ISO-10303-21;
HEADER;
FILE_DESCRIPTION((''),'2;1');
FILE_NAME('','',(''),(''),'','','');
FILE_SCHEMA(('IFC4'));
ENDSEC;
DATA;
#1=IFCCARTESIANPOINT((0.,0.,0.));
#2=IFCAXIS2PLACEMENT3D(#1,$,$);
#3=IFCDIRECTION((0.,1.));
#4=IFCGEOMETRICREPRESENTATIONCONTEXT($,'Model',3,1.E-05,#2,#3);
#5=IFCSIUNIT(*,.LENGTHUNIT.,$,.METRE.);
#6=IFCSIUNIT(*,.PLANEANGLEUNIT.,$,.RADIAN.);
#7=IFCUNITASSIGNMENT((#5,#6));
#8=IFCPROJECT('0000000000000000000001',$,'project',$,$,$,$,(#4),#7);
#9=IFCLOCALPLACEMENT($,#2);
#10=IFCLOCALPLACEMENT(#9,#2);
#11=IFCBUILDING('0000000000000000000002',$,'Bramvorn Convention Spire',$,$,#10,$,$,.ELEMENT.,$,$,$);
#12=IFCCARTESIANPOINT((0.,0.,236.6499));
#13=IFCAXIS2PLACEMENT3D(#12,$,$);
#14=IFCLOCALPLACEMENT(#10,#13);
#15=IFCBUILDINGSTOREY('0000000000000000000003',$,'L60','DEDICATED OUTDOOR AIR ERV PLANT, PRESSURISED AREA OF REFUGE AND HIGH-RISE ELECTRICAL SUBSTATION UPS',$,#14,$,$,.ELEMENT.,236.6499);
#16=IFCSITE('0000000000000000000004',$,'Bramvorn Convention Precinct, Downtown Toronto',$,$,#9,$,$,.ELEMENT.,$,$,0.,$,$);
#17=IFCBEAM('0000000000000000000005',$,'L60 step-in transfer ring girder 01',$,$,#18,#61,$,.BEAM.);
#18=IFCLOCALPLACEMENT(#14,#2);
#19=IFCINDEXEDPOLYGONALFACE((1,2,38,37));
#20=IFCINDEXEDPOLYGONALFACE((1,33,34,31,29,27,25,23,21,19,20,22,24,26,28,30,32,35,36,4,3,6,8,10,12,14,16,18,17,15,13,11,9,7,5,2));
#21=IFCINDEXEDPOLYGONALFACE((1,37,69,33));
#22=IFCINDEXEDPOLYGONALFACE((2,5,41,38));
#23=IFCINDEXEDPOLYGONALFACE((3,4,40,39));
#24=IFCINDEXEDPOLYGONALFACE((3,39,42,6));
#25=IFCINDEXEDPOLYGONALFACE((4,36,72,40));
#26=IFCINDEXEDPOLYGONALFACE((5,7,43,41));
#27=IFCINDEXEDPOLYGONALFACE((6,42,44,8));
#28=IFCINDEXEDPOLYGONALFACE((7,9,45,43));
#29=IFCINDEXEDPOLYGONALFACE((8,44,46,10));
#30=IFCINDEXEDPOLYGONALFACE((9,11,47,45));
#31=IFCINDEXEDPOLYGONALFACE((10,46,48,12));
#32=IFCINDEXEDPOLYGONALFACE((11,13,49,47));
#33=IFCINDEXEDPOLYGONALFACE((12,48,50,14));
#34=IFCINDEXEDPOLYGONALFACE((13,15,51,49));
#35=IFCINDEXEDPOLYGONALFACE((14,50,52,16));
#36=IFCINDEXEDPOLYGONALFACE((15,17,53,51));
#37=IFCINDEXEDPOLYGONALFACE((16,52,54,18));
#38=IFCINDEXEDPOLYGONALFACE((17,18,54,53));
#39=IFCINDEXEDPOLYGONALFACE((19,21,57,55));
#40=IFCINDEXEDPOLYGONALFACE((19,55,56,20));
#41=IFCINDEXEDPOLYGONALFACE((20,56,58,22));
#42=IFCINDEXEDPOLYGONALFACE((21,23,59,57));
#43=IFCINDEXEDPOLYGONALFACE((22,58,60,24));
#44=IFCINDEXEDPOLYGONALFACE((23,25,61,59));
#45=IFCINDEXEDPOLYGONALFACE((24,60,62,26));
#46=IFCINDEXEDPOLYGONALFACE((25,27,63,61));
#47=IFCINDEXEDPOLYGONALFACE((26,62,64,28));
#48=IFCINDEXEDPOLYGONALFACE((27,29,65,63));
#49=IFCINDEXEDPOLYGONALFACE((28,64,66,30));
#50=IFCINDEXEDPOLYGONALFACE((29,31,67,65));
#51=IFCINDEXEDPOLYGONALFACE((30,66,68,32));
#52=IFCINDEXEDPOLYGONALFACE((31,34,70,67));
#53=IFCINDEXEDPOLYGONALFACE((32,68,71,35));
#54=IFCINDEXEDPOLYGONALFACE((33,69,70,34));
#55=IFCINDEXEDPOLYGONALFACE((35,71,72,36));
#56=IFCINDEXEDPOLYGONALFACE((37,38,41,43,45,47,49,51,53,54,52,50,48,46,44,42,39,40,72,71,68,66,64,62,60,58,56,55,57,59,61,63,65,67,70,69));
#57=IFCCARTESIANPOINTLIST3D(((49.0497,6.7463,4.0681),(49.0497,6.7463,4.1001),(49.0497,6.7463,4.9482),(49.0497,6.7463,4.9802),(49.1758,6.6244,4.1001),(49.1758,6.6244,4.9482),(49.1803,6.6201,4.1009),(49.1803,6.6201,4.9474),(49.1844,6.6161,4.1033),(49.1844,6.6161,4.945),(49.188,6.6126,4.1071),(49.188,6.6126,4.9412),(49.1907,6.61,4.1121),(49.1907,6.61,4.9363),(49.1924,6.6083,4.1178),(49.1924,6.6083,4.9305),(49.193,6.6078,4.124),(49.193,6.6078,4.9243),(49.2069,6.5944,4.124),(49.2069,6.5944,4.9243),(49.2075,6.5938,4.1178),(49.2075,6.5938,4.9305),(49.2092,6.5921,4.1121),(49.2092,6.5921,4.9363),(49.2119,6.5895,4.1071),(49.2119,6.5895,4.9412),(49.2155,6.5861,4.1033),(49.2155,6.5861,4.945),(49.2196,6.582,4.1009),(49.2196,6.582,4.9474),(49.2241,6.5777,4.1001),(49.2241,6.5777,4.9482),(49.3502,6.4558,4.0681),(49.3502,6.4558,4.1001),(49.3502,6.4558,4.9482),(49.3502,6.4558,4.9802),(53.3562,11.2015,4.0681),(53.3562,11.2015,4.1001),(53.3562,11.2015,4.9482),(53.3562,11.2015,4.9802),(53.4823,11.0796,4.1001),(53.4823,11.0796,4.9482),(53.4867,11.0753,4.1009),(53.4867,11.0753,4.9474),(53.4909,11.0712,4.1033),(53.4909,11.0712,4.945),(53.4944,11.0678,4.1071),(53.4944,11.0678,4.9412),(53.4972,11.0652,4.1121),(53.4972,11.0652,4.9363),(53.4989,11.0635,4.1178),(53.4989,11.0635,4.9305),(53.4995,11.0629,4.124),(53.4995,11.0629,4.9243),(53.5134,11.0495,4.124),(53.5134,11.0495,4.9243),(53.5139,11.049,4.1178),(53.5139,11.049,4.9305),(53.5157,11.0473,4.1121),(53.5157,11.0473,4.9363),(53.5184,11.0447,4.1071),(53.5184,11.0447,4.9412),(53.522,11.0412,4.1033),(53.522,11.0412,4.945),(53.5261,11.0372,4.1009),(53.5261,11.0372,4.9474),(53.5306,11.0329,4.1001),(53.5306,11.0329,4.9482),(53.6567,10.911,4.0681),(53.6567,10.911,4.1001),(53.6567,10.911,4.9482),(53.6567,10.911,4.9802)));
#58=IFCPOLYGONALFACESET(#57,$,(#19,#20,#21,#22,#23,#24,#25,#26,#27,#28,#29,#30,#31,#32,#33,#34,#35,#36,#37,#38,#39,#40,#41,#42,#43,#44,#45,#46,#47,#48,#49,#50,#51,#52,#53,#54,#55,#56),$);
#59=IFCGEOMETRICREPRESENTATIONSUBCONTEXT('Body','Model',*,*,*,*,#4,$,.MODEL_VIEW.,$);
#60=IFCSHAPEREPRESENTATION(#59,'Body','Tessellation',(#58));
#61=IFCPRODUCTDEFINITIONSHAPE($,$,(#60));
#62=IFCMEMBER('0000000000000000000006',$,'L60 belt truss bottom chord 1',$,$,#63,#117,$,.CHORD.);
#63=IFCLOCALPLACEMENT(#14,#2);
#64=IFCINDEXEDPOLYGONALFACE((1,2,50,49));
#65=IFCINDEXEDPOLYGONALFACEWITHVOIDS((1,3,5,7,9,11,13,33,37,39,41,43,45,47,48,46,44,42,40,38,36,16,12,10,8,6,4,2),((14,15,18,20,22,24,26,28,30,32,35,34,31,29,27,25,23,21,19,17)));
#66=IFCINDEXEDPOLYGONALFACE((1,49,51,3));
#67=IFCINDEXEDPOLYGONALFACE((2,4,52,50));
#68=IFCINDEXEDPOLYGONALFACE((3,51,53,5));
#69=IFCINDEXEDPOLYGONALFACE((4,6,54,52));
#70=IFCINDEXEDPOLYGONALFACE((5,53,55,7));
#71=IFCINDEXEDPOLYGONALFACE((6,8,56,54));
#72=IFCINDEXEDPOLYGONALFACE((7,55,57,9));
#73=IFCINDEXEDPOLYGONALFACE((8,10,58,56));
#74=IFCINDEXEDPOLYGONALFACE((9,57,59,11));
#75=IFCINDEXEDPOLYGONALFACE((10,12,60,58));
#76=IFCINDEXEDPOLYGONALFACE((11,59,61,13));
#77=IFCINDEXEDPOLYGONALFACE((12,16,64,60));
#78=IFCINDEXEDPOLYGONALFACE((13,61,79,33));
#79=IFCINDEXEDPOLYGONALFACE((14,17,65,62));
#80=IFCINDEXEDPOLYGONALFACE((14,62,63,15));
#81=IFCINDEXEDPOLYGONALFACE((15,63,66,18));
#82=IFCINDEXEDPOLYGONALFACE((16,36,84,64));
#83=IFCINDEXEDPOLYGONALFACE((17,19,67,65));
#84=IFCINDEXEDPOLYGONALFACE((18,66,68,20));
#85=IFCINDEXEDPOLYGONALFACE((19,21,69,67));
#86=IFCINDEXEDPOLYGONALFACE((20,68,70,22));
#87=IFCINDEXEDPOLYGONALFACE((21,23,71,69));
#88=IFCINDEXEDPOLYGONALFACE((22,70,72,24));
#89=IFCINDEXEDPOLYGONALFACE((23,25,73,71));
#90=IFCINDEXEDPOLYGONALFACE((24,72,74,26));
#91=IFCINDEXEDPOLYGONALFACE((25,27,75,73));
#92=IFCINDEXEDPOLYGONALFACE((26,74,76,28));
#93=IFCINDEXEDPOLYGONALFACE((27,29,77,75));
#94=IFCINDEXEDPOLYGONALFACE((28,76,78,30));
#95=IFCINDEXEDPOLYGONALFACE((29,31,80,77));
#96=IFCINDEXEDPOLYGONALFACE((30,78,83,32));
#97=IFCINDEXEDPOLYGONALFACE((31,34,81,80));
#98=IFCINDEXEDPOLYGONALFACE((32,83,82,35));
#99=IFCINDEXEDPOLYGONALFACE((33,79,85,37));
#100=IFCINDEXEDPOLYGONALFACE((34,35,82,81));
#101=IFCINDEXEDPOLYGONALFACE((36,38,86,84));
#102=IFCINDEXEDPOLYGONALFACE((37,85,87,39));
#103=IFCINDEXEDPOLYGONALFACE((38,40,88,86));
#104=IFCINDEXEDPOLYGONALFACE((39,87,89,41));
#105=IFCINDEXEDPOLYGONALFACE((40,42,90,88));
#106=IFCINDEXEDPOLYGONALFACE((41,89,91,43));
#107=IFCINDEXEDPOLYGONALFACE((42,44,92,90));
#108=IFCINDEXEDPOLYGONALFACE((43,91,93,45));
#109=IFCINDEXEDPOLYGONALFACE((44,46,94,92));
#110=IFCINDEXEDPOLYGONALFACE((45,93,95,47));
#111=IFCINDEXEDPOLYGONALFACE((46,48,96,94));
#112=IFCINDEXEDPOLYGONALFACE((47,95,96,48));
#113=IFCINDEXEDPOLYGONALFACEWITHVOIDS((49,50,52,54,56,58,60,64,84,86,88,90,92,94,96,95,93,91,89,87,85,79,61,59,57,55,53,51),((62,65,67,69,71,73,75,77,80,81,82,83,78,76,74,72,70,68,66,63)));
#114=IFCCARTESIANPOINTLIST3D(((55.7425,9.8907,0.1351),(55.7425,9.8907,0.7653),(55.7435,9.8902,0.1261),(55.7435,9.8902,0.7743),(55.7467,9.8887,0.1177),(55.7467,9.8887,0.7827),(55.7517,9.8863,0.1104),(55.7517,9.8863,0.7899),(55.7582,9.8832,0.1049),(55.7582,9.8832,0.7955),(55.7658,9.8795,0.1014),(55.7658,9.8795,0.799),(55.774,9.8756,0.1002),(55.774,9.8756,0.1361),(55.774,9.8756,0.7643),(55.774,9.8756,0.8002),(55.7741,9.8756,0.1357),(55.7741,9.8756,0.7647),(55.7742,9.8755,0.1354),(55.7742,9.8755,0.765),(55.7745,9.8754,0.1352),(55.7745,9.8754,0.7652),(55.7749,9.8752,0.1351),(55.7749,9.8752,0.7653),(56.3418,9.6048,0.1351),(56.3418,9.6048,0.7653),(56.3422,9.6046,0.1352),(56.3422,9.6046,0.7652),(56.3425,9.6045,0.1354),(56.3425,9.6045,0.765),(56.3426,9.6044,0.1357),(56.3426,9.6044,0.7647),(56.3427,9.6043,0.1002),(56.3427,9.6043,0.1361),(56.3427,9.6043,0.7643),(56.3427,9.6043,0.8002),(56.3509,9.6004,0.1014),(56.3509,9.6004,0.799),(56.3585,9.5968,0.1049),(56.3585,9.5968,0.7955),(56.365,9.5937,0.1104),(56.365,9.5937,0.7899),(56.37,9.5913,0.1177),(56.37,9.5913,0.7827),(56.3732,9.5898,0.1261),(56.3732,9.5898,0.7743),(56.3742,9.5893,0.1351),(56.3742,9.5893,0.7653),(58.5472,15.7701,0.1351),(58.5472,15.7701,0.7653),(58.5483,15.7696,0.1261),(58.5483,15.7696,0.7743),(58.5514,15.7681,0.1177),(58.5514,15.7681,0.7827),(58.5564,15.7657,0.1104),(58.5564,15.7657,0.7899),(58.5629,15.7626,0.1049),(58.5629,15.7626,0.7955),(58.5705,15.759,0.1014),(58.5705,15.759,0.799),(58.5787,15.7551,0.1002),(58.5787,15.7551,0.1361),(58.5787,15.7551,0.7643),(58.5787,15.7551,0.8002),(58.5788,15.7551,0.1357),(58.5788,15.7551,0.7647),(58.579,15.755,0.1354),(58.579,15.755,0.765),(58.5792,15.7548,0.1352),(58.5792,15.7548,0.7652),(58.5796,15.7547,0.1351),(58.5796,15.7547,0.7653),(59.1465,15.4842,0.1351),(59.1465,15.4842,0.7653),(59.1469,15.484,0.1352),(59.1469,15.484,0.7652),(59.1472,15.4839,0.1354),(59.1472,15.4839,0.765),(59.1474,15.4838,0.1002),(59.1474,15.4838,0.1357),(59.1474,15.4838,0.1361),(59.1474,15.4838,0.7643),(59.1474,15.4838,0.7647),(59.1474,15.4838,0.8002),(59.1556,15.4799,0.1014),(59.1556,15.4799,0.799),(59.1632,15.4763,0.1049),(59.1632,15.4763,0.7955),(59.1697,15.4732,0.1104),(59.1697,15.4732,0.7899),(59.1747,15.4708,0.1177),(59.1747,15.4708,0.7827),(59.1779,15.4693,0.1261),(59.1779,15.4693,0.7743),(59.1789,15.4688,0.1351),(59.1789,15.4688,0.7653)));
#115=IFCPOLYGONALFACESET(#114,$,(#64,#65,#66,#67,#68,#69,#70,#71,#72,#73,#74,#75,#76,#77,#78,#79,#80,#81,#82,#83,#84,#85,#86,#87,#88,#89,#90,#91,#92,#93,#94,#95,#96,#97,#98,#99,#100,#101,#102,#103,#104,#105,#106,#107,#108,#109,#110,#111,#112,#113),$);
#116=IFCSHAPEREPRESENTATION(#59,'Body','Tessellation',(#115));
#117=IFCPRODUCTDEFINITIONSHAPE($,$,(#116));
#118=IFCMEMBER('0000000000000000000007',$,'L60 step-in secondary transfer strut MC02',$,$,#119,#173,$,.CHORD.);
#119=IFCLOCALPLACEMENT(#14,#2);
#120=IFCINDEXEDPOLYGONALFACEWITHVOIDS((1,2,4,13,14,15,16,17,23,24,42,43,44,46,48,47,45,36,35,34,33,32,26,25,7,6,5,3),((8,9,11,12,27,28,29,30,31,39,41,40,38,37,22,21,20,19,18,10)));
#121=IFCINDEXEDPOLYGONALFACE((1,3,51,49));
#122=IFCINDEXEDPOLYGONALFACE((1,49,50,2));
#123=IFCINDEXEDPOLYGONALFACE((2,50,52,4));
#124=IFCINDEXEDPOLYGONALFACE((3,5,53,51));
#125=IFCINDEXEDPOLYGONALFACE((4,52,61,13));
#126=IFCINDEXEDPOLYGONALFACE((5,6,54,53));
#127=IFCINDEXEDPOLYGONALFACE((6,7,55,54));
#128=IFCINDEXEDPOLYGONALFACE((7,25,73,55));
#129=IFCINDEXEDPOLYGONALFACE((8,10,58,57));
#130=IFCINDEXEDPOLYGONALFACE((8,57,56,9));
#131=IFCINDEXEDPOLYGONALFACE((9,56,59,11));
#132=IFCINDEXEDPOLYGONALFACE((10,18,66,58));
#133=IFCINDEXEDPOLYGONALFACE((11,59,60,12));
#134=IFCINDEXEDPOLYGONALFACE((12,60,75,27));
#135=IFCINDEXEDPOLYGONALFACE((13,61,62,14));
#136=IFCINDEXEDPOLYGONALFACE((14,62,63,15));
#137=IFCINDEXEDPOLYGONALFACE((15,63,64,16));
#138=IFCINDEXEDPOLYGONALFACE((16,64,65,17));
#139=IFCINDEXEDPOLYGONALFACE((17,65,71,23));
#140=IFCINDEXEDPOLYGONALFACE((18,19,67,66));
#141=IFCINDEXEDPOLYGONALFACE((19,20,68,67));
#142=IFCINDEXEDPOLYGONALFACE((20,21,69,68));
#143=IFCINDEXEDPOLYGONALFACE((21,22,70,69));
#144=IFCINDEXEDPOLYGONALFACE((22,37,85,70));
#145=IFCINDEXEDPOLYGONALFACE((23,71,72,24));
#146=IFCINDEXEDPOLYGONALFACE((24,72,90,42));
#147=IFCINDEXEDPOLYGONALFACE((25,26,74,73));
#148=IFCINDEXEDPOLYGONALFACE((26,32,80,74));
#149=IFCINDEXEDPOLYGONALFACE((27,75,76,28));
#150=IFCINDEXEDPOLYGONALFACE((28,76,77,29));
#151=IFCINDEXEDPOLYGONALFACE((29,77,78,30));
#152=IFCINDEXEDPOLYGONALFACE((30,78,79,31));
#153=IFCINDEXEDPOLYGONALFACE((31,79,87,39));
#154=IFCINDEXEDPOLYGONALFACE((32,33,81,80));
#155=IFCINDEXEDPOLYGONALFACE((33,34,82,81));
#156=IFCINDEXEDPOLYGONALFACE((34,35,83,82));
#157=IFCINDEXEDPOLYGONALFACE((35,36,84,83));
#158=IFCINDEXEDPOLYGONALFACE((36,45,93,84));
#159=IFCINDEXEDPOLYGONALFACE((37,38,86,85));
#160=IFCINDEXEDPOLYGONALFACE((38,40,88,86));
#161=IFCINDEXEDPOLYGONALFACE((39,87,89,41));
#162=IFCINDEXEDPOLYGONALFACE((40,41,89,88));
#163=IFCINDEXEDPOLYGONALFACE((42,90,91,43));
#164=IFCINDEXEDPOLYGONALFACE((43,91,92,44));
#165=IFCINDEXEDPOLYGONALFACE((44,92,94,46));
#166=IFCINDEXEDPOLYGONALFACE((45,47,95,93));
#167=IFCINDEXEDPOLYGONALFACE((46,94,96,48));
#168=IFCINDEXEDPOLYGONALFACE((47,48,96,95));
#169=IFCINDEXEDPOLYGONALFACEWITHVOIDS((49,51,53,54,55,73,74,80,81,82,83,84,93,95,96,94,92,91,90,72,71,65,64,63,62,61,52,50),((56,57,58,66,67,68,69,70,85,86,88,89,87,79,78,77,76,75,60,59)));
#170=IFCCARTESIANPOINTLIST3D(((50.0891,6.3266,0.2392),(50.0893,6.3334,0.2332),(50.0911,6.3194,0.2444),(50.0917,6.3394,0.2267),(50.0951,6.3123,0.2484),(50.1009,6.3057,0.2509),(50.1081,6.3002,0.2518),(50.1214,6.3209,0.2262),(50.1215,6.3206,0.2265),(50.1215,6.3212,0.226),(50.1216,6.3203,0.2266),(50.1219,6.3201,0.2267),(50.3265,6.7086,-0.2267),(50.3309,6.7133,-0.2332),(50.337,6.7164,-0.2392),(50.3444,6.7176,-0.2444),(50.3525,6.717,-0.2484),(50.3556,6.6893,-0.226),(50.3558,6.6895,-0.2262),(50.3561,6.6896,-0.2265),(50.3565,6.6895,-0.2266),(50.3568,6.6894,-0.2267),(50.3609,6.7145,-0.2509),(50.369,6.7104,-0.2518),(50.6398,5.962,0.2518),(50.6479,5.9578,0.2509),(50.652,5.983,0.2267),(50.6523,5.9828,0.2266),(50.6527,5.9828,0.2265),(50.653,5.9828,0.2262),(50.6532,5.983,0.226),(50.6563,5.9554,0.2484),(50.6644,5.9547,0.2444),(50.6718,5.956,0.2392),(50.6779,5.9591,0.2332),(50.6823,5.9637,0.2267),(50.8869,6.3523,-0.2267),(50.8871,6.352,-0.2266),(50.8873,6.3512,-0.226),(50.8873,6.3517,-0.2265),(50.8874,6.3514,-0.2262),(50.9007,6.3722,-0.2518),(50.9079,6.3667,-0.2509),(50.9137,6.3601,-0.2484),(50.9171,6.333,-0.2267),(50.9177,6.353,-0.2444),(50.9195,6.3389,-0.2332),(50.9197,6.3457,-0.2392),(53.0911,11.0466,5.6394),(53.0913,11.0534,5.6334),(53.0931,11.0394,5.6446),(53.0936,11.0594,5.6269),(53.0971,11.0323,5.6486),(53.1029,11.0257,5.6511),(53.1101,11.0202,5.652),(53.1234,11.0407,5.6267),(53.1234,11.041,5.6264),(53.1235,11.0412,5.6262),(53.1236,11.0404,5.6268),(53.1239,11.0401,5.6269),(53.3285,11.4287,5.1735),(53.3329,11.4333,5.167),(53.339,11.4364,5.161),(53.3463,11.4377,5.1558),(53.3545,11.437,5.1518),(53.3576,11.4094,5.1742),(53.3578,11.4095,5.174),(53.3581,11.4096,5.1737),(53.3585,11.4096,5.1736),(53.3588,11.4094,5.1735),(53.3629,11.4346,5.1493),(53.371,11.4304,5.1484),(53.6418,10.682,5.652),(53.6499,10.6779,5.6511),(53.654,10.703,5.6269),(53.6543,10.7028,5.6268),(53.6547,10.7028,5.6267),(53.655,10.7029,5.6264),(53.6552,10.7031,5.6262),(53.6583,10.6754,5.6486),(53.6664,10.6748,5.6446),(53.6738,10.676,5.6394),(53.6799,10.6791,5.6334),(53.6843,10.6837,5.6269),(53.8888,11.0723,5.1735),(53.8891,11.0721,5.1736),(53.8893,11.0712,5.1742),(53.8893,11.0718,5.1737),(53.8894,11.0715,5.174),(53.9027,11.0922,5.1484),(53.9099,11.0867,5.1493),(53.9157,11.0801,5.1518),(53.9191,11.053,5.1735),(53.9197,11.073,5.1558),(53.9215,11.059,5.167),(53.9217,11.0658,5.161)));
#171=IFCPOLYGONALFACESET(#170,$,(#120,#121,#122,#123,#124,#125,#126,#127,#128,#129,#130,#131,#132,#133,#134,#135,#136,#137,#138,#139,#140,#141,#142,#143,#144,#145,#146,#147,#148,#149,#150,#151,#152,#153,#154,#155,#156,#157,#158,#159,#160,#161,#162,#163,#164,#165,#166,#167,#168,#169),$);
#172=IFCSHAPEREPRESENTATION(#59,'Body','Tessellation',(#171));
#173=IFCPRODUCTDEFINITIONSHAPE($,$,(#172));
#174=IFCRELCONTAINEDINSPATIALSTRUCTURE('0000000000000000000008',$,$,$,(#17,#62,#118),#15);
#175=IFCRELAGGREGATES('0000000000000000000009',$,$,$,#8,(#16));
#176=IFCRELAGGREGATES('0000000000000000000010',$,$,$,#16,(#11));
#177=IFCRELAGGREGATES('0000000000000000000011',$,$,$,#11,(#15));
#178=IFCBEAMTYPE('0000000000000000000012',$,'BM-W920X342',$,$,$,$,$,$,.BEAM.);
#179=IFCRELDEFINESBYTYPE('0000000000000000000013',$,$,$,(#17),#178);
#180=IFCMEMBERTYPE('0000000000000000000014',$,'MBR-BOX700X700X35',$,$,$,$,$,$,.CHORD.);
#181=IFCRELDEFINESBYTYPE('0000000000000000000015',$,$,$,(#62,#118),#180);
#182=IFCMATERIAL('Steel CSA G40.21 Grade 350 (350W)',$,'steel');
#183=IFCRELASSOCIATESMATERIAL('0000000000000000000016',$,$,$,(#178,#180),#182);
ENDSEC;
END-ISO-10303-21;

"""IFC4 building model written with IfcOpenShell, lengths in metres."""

from ifc_helpers import new_model, si_unit, direction, frame, origin, origin_2d, place, context, subcontext, project, spatial, hollow_rectangle, i_section, extrude, material, material_profile, profile_set, type_object, element, save


model = new_model("IFC4")

# Units and contexts
model_context = context("Model", 3, precision=1e-05, world=origin(), true_north=direction((0.0, 1.0)))
body_context = subcontext(model_context, "Body", "Model", "MODEL_VIEW")
ifc_project = project(units=[si_unit("LENGTHUNIT", "METRE"), si_unit("PLANEANGLEUNIT", "RADIAN")], contexts=[model_context])

# Site, building, storey
site_placement = place(None, origin())
site = spatial("IfcSite", under=ifc_project, at=site_placement, Name="Bramvorn Convention Precinct, Downtown Toronto", CompositionType="ELEMENT", RefElevation=0.0)
building_placement = place(site_placement, origin())
building = spatial("IfcBuilding", under=site, at=building_placement, Name="Bramvorn Convention Spire", CompositionType="ELEMENT")
storey_placement = place(building_placement, frame((0.0, 0.0, 236.6499)))
storey = spatial("IfcBuildingStorey", under=building, at=storey_placement, Name="L60", Description="DEDICATED OUTDOOR AIR ERV PLANT, PRESSURISED AREA OF REFUGE AND HIGH-RISE ELECTRICAL SUBSTATION UPS", CompositionType="ELEMENT", Elevation=236.6499)

# Shared definitions
ifc_material_1 = material(Name="Steel CSA G40.21 Grade 350 (350W)", Category="steel")

# Beam
ifc_material_profile_1 = material_profile(ifc_material_1, i_section(OverallWidth=0.418, OverallDepth=0.9121, WebThickness=0.0193, FlangeThickness=0.032, FilletRadius=0.0239, at=origin_2d()))
ifc_profile_set_1 = profile_set([ifc_material_profile_1], Name="Steel CSA G40.21 Grade 350 (350W) - W920X342")
beam_type = type_object("IfcBeamType", Name="BM-W920X342", PredefinedType="BEAM", material=ifc_profile_set_1)
beam_placement = place(storey_placement, frame((49.2, 6.6011, 4.5242), z_axis=(0.695007, 0.719003, 0.0), x_axis=(-0.719003, 0.695007, 0.0)))
element("IfcBeam", 1, at=beam_placement, inside=storey, type_object=beam_type, Name="L60 step-in transfer ring girder 01", PredefinedType="BEAM", context=body_context, shape_type="SweptSolid", body=[
    extrude(i_section(OverallWidth=0.418, OverallDepth=0.9121, WebThickness=0.0193, FlangeThickness=0.032, FilletRadius=0.0239, at=origin_2d()), origin(), (0.0, 0.0, 1.0), 6.1963),
])

# Members
ifc_material_profile_2 = material_profile(ifc_material_1, hollow_rectangle(XDim=0.7, YDim=0.7, WallThickness=0.0349, InnerFilletRadius=0.001, OuterFilletRadius=0.0349, at=origin_2d()))
ifc_profile_set_2 = profile_set([ifc_material_profile_2], Name="Steel CSA G40.21 Grade 350 (350W) - BOX700X700X35")
member_type_1 = type_object("IfcMemberType", Name="MBR-BOX700X700X35", PredefinedType="CHORD", material=ifc_profile_set_2)
member_1_placement = place(storey_placement, frame((56.0583, 9.74, 0.4502), z_axis=(0.430556, 0.902564, 0.0), x_axis=(-0.902564, 0.430556, 0.0)))
element("IfcMember", 2, at=member_1_placement, inside=storey, type_object=member_type_1, Name="L60 belt truss bottom chord 1", PredefinedType="CHORD", context=body_context, shape_type="SweptSolid", body=[
    extrude(hollow_rectangle(XDim=0.7, YDim=0.7, WallThickness=0.0349, InnerFilletRadius=0.001, OuterFilletRadius=0.0349, at=origin_2d()), origin(), (0.0, 0.0, 1.0), 6.5142),
])
member_2_placement = place(storey_placement, frame((50.5044, 6.3362, 0.0), z_axis=(0.386101, 0.607066, 0.694548), x_axis=(-0.843796, 0.536664, 0.0)))
element("IfcMember", 3, at=member_2_placement, inside=storey, type_object=member_type_1, Name="L60 step-in secondary transfer strut MC02", PredefinedType="CHORD", context=body_context, shape_type="SweptSolid", body=[
    extrude(hollow_rectangle(XDim=0.7, YDim=0.7, WallThickness=0.0349, InnerFilletRadius=0.001, OuterFilletRadius=0.0349, at=origin_2d()), origin(), (0.0, 0.0, 1.0), 7.7751),
])

save(model, "model.ifc")
